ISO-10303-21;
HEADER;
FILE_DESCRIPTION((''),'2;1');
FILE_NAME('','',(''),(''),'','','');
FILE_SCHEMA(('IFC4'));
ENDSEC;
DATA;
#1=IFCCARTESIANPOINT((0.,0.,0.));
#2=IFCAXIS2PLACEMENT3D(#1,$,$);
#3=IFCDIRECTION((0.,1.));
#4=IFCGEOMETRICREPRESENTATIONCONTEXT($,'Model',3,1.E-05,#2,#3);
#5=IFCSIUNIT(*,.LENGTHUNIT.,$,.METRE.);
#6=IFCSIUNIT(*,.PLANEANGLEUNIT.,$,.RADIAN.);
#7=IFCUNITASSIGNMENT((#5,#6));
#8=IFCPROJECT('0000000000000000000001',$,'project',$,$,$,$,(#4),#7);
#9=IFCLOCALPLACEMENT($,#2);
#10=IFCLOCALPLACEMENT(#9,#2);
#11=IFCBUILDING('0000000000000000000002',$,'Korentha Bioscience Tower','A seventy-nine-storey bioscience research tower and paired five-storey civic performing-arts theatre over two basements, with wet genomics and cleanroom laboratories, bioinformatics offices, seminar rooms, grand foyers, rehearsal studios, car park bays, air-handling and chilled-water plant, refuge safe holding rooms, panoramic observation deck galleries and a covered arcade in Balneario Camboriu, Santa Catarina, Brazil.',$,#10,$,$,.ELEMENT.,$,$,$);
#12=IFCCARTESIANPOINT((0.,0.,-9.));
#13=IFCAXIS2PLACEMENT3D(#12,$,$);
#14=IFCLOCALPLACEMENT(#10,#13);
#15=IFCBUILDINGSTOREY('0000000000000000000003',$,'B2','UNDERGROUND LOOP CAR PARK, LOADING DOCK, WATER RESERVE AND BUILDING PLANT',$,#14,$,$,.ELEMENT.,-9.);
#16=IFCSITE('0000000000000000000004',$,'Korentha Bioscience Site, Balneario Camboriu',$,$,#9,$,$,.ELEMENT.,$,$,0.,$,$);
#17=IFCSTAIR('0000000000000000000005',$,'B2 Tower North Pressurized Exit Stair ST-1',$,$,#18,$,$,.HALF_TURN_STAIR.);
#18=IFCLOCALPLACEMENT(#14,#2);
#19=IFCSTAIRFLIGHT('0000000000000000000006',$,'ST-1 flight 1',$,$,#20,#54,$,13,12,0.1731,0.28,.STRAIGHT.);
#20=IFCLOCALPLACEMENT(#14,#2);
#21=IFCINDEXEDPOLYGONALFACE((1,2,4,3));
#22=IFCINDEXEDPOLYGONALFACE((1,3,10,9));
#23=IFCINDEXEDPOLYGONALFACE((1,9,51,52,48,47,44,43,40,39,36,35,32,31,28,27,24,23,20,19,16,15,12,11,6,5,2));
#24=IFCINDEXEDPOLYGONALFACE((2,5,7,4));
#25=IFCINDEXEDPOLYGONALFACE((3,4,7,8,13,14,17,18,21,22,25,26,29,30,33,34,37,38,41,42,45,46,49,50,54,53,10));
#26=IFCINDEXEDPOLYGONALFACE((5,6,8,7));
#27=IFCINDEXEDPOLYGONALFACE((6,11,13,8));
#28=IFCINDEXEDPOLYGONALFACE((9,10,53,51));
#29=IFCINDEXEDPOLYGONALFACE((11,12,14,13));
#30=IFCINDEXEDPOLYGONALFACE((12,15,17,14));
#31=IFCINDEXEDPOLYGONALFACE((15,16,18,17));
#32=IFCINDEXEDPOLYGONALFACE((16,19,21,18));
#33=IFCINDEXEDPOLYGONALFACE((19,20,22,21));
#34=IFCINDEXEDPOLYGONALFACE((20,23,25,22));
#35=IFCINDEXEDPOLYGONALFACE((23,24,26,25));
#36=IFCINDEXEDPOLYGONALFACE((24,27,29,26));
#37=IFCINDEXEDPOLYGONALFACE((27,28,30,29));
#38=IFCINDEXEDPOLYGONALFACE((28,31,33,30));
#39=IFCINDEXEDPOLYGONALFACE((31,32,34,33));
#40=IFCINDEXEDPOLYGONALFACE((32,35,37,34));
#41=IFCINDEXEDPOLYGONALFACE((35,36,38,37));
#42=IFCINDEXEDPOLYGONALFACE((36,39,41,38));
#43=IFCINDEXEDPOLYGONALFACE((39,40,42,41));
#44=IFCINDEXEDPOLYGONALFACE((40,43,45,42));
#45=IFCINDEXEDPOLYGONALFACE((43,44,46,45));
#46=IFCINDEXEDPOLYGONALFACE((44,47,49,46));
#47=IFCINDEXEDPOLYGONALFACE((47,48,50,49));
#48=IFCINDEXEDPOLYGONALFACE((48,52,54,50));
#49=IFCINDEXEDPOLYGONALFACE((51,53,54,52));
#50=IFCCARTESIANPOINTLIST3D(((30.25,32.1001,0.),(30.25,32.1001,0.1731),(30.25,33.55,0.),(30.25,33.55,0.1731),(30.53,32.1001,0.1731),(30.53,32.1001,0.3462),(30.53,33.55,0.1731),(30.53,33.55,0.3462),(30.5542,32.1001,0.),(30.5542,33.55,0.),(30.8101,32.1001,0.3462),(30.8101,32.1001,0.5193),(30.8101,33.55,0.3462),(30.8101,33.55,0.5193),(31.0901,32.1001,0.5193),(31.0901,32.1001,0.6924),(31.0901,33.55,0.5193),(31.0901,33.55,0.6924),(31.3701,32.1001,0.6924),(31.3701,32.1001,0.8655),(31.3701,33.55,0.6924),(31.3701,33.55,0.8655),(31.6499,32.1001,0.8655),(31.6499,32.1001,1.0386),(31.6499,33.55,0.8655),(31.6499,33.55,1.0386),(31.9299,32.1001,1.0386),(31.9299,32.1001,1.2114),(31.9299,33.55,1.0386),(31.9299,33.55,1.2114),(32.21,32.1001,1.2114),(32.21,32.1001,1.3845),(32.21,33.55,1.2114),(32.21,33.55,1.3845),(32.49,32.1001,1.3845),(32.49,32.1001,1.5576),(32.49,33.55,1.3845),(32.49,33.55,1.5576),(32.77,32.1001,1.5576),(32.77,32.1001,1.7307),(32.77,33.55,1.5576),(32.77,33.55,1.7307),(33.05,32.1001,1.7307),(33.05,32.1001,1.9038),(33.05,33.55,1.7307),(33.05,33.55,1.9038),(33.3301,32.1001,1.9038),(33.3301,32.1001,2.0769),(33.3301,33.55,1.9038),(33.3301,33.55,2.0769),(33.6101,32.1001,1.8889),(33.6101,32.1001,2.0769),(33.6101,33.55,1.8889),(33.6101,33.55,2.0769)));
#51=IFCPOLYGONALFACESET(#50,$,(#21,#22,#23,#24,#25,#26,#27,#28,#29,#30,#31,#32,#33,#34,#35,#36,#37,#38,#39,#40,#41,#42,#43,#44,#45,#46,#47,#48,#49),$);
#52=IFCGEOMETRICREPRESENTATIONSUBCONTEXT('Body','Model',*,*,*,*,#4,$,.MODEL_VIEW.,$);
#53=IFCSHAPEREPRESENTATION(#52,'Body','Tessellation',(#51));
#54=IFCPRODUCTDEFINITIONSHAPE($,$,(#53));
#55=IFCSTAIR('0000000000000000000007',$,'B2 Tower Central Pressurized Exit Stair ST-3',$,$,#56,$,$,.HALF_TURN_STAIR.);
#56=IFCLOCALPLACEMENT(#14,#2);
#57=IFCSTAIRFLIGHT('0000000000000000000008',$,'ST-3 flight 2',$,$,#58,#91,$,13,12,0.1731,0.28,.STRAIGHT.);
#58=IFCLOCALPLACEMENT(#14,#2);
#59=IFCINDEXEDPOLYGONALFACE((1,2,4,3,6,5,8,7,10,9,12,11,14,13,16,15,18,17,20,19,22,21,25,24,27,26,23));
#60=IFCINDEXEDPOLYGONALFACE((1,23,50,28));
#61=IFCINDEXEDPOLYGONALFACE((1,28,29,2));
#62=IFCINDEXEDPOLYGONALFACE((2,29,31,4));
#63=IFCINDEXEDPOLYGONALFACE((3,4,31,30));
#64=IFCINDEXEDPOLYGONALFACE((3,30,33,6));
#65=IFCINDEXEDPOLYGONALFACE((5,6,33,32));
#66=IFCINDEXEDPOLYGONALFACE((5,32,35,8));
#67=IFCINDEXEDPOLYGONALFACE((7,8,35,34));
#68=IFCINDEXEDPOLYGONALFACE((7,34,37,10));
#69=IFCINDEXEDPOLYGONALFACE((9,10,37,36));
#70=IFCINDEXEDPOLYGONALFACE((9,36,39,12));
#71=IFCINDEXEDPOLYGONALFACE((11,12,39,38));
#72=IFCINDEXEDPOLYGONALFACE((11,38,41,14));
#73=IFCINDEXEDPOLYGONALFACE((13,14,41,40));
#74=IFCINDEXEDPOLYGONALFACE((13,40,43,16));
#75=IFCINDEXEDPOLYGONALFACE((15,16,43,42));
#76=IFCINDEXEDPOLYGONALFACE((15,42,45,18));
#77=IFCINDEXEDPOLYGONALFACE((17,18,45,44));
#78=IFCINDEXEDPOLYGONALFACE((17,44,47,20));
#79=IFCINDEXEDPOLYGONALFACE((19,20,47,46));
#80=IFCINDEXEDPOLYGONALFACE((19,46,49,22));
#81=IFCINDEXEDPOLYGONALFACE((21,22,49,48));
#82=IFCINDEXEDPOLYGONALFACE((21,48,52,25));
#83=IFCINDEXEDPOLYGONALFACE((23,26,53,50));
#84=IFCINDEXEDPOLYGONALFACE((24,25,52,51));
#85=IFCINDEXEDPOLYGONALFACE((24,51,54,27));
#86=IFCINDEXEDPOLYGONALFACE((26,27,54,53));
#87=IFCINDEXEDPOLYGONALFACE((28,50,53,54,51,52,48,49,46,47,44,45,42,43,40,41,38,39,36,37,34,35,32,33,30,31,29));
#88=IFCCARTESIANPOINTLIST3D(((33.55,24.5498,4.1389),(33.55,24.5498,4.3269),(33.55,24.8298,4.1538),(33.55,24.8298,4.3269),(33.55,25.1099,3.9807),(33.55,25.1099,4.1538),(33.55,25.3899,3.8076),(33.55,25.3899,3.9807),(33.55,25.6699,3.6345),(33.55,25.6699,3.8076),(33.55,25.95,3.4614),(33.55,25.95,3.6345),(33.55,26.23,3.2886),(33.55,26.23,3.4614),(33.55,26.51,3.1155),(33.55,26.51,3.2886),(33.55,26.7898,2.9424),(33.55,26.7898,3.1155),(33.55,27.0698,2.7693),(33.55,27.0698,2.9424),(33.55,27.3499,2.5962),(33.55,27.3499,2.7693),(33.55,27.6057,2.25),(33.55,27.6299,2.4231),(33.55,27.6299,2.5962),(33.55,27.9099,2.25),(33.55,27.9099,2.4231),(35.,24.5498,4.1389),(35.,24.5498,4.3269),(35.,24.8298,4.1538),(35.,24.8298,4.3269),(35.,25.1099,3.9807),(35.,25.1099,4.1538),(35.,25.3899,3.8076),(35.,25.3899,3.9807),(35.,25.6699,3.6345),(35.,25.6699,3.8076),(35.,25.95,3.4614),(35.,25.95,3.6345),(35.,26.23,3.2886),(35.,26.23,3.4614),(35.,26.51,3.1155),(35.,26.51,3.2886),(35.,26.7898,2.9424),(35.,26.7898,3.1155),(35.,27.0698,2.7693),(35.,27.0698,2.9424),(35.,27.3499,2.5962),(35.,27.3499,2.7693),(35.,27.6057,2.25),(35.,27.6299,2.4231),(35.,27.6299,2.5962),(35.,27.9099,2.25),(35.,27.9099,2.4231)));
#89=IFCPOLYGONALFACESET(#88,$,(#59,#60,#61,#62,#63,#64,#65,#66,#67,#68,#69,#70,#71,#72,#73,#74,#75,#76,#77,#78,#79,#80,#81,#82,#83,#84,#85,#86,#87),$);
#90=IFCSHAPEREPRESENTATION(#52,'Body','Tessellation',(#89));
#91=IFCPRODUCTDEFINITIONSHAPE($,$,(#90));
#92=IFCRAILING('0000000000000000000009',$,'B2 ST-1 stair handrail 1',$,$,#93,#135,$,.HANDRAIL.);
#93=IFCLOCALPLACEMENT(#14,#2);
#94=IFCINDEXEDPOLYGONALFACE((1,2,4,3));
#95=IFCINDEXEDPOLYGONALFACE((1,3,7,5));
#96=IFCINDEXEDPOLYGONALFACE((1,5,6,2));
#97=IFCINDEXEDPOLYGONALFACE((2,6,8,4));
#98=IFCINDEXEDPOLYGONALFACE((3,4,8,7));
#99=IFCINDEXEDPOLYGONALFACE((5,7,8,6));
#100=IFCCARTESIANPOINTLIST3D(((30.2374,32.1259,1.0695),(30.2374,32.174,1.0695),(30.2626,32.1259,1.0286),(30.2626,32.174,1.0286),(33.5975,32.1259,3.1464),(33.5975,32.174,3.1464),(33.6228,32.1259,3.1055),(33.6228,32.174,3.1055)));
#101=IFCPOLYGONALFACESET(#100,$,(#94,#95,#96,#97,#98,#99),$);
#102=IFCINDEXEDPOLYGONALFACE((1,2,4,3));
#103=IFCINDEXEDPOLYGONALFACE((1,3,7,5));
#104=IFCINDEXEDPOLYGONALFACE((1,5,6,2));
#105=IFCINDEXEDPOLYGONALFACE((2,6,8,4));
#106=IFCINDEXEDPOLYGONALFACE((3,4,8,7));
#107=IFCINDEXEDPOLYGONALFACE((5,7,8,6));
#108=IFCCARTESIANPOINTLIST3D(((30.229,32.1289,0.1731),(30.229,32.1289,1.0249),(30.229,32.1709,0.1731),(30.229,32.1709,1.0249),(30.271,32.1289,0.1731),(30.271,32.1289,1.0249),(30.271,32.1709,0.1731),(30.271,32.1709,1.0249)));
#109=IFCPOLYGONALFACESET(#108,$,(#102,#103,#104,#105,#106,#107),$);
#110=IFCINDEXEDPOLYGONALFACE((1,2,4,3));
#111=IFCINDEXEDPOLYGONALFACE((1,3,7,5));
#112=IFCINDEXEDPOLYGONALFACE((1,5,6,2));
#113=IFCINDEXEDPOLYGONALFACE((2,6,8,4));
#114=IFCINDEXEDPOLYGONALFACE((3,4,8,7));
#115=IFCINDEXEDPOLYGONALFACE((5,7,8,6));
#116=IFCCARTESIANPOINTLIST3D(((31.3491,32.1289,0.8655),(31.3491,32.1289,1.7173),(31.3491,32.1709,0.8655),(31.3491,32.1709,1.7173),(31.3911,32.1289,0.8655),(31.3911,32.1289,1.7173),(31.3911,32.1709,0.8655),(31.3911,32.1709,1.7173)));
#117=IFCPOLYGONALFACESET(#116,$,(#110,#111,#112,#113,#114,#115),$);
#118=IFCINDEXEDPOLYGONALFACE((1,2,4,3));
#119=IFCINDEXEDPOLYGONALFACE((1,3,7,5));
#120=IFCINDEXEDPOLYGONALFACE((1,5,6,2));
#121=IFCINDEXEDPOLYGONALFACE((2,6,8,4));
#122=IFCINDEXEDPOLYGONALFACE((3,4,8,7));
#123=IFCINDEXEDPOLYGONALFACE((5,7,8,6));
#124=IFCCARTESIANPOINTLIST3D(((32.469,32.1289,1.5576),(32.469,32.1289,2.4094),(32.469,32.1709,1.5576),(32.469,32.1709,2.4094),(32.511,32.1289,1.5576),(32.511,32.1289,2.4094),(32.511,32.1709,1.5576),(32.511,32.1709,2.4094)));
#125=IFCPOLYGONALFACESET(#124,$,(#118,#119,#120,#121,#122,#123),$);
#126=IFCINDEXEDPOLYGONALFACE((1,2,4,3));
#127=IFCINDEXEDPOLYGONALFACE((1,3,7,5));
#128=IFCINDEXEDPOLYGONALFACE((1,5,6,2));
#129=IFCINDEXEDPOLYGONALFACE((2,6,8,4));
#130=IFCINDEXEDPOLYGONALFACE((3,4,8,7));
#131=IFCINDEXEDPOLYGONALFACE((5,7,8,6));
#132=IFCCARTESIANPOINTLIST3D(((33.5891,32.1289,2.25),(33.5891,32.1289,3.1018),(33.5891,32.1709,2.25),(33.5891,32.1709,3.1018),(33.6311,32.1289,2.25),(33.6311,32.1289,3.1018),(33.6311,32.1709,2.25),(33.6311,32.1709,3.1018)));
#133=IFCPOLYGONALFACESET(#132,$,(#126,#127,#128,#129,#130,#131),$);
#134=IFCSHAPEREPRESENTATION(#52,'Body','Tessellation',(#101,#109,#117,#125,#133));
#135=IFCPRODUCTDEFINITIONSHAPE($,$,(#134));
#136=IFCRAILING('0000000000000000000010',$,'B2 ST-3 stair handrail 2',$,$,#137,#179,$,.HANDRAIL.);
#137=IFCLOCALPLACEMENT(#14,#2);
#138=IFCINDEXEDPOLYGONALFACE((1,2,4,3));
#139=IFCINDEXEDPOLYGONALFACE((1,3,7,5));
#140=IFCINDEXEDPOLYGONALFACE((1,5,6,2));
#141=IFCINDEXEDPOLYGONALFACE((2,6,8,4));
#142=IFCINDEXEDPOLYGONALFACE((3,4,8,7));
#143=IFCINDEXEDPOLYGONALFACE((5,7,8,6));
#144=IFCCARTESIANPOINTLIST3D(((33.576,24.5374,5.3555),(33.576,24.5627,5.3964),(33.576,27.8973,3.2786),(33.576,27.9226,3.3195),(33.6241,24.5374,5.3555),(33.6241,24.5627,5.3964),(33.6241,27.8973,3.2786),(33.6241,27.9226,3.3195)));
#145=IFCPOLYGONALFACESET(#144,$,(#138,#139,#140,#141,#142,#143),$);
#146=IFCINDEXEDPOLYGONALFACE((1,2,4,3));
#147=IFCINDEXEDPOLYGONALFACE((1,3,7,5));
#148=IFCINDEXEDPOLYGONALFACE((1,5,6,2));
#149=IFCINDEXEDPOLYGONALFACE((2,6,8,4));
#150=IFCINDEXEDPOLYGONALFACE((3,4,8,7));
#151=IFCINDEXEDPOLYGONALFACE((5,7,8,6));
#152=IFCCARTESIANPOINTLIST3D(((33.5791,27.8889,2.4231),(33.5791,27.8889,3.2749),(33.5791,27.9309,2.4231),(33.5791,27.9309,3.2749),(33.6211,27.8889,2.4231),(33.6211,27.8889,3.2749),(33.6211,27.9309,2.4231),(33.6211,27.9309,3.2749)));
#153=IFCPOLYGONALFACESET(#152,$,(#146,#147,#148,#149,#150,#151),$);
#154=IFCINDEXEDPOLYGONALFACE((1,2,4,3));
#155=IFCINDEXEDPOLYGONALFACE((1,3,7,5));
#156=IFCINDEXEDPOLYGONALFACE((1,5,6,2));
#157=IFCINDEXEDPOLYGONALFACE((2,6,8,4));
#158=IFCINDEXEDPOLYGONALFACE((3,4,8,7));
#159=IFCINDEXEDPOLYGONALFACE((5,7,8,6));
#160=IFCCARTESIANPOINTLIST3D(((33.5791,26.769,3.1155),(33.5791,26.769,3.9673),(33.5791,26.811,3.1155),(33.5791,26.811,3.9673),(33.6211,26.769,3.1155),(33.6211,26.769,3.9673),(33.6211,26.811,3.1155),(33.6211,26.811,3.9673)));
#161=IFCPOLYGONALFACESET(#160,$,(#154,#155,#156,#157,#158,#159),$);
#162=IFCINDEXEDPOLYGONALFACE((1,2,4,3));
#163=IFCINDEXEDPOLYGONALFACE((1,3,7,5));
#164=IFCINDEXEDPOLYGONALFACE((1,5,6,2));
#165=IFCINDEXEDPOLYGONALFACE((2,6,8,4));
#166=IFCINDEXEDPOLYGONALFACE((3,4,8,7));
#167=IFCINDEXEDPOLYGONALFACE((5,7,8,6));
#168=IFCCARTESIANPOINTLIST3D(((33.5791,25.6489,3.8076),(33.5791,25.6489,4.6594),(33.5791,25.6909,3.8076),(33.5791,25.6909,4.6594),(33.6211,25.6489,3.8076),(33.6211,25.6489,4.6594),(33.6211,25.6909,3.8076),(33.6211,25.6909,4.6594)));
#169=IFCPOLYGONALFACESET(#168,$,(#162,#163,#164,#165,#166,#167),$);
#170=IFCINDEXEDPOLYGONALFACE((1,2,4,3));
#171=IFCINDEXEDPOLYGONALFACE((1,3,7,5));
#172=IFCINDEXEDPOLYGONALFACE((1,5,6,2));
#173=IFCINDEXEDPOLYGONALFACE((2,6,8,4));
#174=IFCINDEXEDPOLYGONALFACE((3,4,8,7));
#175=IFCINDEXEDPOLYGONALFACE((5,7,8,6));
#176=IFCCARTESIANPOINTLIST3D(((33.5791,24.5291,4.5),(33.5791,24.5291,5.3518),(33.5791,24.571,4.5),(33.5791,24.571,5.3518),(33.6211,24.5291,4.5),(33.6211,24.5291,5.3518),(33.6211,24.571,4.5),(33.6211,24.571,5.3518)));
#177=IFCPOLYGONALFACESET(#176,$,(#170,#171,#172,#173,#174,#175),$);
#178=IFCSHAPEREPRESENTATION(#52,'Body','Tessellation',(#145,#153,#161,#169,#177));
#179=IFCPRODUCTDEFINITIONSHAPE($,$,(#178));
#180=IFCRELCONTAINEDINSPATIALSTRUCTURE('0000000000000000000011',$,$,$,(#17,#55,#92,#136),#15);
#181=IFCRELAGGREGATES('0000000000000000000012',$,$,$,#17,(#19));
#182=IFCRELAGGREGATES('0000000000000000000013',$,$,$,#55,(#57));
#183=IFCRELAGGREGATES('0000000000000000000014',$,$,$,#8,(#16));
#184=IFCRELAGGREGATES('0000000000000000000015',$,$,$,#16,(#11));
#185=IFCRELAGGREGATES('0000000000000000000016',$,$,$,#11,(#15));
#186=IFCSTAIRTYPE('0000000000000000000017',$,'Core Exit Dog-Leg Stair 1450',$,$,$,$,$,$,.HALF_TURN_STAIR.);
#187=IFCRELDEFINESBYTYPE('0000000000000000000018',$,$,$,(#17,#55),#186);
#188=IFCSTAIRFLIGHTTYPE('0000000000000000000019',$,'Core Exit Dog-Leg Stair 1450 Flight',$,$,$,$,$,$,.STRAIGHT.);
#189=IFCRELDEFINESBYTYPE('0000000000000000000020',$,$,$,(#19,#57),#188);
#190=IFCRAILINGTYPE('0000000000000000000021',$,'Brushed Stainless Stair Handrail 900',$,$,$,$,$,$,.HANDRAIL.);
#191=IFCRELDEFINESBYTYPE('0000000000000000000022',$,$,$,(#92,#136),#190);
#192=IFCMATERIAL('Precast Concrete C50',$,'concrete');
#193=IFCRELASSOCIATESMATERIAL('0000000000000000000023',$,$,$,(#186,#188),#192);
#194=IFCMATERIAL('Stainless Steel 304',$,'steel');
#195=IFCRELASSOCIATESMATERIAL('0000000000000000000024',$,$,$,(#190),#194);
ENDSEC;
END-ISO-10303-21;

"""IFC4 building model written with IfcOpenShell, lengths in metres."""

from ifc_helpers import new_model, si_unit, direction, frame, origin, origin_2d, place, context, subcontext, project, spatial, polyline, rectangle, outline, extrude, material, type_object, element, aggregate, save


model = new_model("IFC4")

# Units and contexts
model_context = context("Model", 3, precision=1e-05, world=origin(), true_north=direction((0.0, 1.0)))
body_context = subcontext(model_context, "Body", "Model", "MODEL_VIEW")
ifc_project = project(units=[si_unit("LENGTHUNIT", "METRE"), si_unit("PLANEANGLEUNIT", "RADIAN")], contexts=[model_context])

# Site, building, storey
site_placement = place(None, origin())
site = spatial("IfcSite", under=ifc_project, at=site_placement, Name="Korentha Bioscience Site, Balneario Camboriu", CompositionType="ELEMENT", RefElevation=0.0)
building_placement = place(site_placement, origin())
building = spatial("IfcBuilding", under=site, at=building_placement, Name="Korentha Bioscience Tower", Description="A seventy-nine-storey bioscience research tower and paired five-storey civic performing-arts theatre over two basements, with wet genomics and cleanroom laboratories, bioinformatics offices, seminar rooms, grand foyers, rehearsal studios, car park bays, air-handling and chilled-water plant, refuge safe holding rooms, panoramic observation deck galleries and a covered arcade in Balneario Camboriu, Santa Catarina, Brazil.", CompositionType="ELEMENT")
storey_placement = place(building_placement, frame((0.0, 0.0, -9.0)))
storey = spatial("IfcBuildingStorey", under=building, at=storey_placement, Name="B2", Description="UNDERGROUND LOOP CAR PARK, LOADING DOCK, WATER RESERVE AND BUILDING PLANT", CompositionType="ELEMENT", Elevation=-9.0)

# Stairs, stair flights
ifc_material_1 = material(Name="Precast Concrete C50", Category="concrete")
stair_type = type_object("IfcStairType", Name="Core Exit Dog-Leg Stair 1450", PredefinedType="HALF_TURN_STAIR", material=ifc_material_1)
stair_1_placement = place(storey_placement, origin())
stair_1 = element("IfcStair", 1, at=stair_1_placement, inside=storey, type_object=stair_type, Name="B2 Tower North Pressurized Exit Stair ST-1", PredefinedType="HALF_TURN_STAIR")
stair_flight_type = type_object("IfcStairFlightType", Name="Core Exit Dog-Leg Stair 1450 Flight", PredefinedType="STRAIGHT", material=ifc_material_1)
stair_flight_1_placement = place(storey_placement, frame((30.25, 32.825, 0.0), z_axis=(0.0, 0.0, 1.0), x_axis=(1.0, 0.0, 0.0)))
stair_flight_1 = element("IfcStairFlight", 2, at=stair_flight_1_placement, type_object=stair_flight_type, Name="ST-1 flight 1", NumberOfRisers=13, NumberOfTreads=12, PredefinedType="STRAIGHT", RiserHeight=0.1731, TreadLength=0.28, context=body_context, shape_type="SweptSolid", body=[
    extrude(outline(polyline([(0.0, 0.0), (0.0, 0.1731), (0.28, 0.1731), (0.28, 0.3462), (0.5601, 0.3462), (0.5601, 0.5193), (0.8401, 0.5193), (0.8401, 0.6924), (1.1201, 0.6924), (1.1201, 0.8655), (1.3999, 0.8655), (1.3999, 1.0386), (1.6799, 1.0386), (1.6799, 1.2114), (1.96, 1.2114), (1.96, 1.3845), (2.24, 1.3845), (2.24, 1.5576), (2.52, 1.5576), (2.52, 1.7307), (2.8, 1.7307), (2.8, 1.9038), (3.0801, 1.9038), (3.0801, 2.0769), (3.3601, 2.0769), (3.3601, 2.25), (3.3601, 1.8889), (0.3042, 0.0), (0.0, 0.0)])), frame((0.0, 0.7251, 0.0), z_axis=(0.0, -1.0, 0.0), x_axis=(1.0, 0.0, 0.0)), (0.0, 0.0, 1.0), 1.45),
])
aggregate(stair_1, [stair_flight_1])
stair_2_placement = place(storey_placement, origin())
stair_2 = element("IfcStair", 3, at=stair_2_placement, inside=storey, type_object=stair_type, Name="B2 Tower Central Pressurized Exit Stair ST-3", PredefinedType="HALF_TURN_STAIR")
stair_flight_2_placement = place(storey_placement, frame((34.2749, 27.9099, 2.25), z_axis=(0.0, 0.0, 1.0), x_axis=(0.0, -1.0, 0.0)))
stair_flight_2 = element("IfcStairFlight", 4, at=stair_flight_2_placement, type_object=stair_flight_type, Name="ST-3 flight 2", NumberOfRisers=13, NumberOfTreads=12, PredefinedType="STRAIGHT", RiserHeight=0.1731, TreadLength=0.28, context=body_context, shape_type="SweptSolid", body=[
    extrude(outline(polyline([(0.0, 0.0), (0.0, 0.1731), (0.28, 0.1731), (0.28, 0.3462), (0.5601, 0.3462), (0.5601, 0.5193), (0.8401, 0.5193), (0.8401, 0.6924), (1.1201, 0.6924), (1.1201, 0.8655), (1.3999, 0.8655), (1.3999, 1.0386), (1.6799, 1.0386), (1.6799, 1.2114), (1.96, 1.2114), (1.96, 1.3845), (2.24, 1.3845), (2.24, 1.5576), (2.52, 1.5576), (2.52, 1.7307), (2.8, 1.7307), (2.8, 1.9038), (3.0801, 1.9038), (3.0801, 2.0769), (3.3601, 2.0769), (3.3601, 2.25), (3.3601, 1.8889), (0.3042, 0.0), (0.0, 0.0)])), frame((0.0, 0.7251, 0.0), z_axis=(0.0, -1.0, 0.0), x_axis=(1.0, 0.0, 0.0)), (0.0, 0.0, 1.0), 1.45),
])
aggregate(stair_2, [stair_flight_2])

# Railings
ifc_material_2 = material(Name="Stainless Steel 304", Category="steel")
railing_type_1 = type_object("IfcRailingType", Name="Brushed Stainless Stair Handrail 900", PredefinedType="HANDRAIL", material=ifc_material_2)
railing_1_placement = place(storey_placement, frame((30.25, 32.1499, 0.1731)))
element("IfcRailing", 5, at=railing_1_placement, inside=storey, type_object=railing_type_1, Name="B2 ST-1 stair handrail 1", PredefinedType="HANDRAIL", context=body_context, shape_type="SweptSolid", body=[
    extrude(rectangle(XDim=0.0481, YDim=0.0481, at=origin_2d()), frame((0.0, 0.0, 0.876), z_axis=(0.850623, 0.0, 0.525776), x_axis=(0.0, 1.0, 0.0)), (0.0, 0.0, 1.0), 3.9502),
    extrude(rectangle(XDim=0.042, YDim=0.042, at=origin_2d()), origin(), (0.0, 0.0, 1.0), 0.8518),
    extrude(rectangle(XDim=0.042, YDim=0.042, at=origin_2d()), frame((1.1201, 0.0, 0.6924)), (0.0, 0.0, 1.0), 0.8518),
    extrude(rectangle(XDim=0.042, YDim=0.042, at=origin_2d()), frame((2.24, 0.0, 1.3845)), (0.0, 0.0, 1.0), 0.8518),
    extrude(rectangle(XDim=0.042, YDim=0.042, at=origin_2d()), frame((3.3601, 0.0, 2.0769)), (0.0, 0.0, 1.0), 0.8518),
])
railing_2_placement = place(storey_placement, frame((33.6001, 27.9099, 2.4231)))
element("IfcRailing", 6, at=railing_2_placement, inside=storey, type_object=railing_type_1, Name="B2 ST-3 stair handrail 2", PredefinedType="HANDRAIL", context=body_context, shape_type="SweptSolid", body=[
    extrude(rectangle(XDim=0.0481, YDim=0.0481, at=origin_2d()), frame((0.0, 0.0, 0.876), z_axis=(0.0, -0.850606, 0.525803), x_axis=(1.0, 0.0, 0.0)), (0.0, 0.0, 1.0), 3.95),
    extrude(rectangle(XDim=0.042, YDim=0.042, at=origin_2d()), origin(), (0.0, 0.0, 1.0), 0.8518),
    extrude(rectangle(XDim=0.042, YDim=0.042, at=origin_2d()), frame((0.0, -1.1199, 0.6924)), (0.0, 0.0, 1.0), 0.8518),
    extrude(rectangle(XDim=0.042, YDim=0.042, at=origin_2d()), frame((0.0, -2.24, 1.3845)), (0.0, 0.0, 1.0), 0.8518),
    extrude(rectangle(XDim=0.042, YDim=0.042, at=origin_2d()), frame((0.0, -3.3599, 2.0769)), (0.0, 0.0, 1.0), 0.8518),
])

save(model, "model.ifc")
